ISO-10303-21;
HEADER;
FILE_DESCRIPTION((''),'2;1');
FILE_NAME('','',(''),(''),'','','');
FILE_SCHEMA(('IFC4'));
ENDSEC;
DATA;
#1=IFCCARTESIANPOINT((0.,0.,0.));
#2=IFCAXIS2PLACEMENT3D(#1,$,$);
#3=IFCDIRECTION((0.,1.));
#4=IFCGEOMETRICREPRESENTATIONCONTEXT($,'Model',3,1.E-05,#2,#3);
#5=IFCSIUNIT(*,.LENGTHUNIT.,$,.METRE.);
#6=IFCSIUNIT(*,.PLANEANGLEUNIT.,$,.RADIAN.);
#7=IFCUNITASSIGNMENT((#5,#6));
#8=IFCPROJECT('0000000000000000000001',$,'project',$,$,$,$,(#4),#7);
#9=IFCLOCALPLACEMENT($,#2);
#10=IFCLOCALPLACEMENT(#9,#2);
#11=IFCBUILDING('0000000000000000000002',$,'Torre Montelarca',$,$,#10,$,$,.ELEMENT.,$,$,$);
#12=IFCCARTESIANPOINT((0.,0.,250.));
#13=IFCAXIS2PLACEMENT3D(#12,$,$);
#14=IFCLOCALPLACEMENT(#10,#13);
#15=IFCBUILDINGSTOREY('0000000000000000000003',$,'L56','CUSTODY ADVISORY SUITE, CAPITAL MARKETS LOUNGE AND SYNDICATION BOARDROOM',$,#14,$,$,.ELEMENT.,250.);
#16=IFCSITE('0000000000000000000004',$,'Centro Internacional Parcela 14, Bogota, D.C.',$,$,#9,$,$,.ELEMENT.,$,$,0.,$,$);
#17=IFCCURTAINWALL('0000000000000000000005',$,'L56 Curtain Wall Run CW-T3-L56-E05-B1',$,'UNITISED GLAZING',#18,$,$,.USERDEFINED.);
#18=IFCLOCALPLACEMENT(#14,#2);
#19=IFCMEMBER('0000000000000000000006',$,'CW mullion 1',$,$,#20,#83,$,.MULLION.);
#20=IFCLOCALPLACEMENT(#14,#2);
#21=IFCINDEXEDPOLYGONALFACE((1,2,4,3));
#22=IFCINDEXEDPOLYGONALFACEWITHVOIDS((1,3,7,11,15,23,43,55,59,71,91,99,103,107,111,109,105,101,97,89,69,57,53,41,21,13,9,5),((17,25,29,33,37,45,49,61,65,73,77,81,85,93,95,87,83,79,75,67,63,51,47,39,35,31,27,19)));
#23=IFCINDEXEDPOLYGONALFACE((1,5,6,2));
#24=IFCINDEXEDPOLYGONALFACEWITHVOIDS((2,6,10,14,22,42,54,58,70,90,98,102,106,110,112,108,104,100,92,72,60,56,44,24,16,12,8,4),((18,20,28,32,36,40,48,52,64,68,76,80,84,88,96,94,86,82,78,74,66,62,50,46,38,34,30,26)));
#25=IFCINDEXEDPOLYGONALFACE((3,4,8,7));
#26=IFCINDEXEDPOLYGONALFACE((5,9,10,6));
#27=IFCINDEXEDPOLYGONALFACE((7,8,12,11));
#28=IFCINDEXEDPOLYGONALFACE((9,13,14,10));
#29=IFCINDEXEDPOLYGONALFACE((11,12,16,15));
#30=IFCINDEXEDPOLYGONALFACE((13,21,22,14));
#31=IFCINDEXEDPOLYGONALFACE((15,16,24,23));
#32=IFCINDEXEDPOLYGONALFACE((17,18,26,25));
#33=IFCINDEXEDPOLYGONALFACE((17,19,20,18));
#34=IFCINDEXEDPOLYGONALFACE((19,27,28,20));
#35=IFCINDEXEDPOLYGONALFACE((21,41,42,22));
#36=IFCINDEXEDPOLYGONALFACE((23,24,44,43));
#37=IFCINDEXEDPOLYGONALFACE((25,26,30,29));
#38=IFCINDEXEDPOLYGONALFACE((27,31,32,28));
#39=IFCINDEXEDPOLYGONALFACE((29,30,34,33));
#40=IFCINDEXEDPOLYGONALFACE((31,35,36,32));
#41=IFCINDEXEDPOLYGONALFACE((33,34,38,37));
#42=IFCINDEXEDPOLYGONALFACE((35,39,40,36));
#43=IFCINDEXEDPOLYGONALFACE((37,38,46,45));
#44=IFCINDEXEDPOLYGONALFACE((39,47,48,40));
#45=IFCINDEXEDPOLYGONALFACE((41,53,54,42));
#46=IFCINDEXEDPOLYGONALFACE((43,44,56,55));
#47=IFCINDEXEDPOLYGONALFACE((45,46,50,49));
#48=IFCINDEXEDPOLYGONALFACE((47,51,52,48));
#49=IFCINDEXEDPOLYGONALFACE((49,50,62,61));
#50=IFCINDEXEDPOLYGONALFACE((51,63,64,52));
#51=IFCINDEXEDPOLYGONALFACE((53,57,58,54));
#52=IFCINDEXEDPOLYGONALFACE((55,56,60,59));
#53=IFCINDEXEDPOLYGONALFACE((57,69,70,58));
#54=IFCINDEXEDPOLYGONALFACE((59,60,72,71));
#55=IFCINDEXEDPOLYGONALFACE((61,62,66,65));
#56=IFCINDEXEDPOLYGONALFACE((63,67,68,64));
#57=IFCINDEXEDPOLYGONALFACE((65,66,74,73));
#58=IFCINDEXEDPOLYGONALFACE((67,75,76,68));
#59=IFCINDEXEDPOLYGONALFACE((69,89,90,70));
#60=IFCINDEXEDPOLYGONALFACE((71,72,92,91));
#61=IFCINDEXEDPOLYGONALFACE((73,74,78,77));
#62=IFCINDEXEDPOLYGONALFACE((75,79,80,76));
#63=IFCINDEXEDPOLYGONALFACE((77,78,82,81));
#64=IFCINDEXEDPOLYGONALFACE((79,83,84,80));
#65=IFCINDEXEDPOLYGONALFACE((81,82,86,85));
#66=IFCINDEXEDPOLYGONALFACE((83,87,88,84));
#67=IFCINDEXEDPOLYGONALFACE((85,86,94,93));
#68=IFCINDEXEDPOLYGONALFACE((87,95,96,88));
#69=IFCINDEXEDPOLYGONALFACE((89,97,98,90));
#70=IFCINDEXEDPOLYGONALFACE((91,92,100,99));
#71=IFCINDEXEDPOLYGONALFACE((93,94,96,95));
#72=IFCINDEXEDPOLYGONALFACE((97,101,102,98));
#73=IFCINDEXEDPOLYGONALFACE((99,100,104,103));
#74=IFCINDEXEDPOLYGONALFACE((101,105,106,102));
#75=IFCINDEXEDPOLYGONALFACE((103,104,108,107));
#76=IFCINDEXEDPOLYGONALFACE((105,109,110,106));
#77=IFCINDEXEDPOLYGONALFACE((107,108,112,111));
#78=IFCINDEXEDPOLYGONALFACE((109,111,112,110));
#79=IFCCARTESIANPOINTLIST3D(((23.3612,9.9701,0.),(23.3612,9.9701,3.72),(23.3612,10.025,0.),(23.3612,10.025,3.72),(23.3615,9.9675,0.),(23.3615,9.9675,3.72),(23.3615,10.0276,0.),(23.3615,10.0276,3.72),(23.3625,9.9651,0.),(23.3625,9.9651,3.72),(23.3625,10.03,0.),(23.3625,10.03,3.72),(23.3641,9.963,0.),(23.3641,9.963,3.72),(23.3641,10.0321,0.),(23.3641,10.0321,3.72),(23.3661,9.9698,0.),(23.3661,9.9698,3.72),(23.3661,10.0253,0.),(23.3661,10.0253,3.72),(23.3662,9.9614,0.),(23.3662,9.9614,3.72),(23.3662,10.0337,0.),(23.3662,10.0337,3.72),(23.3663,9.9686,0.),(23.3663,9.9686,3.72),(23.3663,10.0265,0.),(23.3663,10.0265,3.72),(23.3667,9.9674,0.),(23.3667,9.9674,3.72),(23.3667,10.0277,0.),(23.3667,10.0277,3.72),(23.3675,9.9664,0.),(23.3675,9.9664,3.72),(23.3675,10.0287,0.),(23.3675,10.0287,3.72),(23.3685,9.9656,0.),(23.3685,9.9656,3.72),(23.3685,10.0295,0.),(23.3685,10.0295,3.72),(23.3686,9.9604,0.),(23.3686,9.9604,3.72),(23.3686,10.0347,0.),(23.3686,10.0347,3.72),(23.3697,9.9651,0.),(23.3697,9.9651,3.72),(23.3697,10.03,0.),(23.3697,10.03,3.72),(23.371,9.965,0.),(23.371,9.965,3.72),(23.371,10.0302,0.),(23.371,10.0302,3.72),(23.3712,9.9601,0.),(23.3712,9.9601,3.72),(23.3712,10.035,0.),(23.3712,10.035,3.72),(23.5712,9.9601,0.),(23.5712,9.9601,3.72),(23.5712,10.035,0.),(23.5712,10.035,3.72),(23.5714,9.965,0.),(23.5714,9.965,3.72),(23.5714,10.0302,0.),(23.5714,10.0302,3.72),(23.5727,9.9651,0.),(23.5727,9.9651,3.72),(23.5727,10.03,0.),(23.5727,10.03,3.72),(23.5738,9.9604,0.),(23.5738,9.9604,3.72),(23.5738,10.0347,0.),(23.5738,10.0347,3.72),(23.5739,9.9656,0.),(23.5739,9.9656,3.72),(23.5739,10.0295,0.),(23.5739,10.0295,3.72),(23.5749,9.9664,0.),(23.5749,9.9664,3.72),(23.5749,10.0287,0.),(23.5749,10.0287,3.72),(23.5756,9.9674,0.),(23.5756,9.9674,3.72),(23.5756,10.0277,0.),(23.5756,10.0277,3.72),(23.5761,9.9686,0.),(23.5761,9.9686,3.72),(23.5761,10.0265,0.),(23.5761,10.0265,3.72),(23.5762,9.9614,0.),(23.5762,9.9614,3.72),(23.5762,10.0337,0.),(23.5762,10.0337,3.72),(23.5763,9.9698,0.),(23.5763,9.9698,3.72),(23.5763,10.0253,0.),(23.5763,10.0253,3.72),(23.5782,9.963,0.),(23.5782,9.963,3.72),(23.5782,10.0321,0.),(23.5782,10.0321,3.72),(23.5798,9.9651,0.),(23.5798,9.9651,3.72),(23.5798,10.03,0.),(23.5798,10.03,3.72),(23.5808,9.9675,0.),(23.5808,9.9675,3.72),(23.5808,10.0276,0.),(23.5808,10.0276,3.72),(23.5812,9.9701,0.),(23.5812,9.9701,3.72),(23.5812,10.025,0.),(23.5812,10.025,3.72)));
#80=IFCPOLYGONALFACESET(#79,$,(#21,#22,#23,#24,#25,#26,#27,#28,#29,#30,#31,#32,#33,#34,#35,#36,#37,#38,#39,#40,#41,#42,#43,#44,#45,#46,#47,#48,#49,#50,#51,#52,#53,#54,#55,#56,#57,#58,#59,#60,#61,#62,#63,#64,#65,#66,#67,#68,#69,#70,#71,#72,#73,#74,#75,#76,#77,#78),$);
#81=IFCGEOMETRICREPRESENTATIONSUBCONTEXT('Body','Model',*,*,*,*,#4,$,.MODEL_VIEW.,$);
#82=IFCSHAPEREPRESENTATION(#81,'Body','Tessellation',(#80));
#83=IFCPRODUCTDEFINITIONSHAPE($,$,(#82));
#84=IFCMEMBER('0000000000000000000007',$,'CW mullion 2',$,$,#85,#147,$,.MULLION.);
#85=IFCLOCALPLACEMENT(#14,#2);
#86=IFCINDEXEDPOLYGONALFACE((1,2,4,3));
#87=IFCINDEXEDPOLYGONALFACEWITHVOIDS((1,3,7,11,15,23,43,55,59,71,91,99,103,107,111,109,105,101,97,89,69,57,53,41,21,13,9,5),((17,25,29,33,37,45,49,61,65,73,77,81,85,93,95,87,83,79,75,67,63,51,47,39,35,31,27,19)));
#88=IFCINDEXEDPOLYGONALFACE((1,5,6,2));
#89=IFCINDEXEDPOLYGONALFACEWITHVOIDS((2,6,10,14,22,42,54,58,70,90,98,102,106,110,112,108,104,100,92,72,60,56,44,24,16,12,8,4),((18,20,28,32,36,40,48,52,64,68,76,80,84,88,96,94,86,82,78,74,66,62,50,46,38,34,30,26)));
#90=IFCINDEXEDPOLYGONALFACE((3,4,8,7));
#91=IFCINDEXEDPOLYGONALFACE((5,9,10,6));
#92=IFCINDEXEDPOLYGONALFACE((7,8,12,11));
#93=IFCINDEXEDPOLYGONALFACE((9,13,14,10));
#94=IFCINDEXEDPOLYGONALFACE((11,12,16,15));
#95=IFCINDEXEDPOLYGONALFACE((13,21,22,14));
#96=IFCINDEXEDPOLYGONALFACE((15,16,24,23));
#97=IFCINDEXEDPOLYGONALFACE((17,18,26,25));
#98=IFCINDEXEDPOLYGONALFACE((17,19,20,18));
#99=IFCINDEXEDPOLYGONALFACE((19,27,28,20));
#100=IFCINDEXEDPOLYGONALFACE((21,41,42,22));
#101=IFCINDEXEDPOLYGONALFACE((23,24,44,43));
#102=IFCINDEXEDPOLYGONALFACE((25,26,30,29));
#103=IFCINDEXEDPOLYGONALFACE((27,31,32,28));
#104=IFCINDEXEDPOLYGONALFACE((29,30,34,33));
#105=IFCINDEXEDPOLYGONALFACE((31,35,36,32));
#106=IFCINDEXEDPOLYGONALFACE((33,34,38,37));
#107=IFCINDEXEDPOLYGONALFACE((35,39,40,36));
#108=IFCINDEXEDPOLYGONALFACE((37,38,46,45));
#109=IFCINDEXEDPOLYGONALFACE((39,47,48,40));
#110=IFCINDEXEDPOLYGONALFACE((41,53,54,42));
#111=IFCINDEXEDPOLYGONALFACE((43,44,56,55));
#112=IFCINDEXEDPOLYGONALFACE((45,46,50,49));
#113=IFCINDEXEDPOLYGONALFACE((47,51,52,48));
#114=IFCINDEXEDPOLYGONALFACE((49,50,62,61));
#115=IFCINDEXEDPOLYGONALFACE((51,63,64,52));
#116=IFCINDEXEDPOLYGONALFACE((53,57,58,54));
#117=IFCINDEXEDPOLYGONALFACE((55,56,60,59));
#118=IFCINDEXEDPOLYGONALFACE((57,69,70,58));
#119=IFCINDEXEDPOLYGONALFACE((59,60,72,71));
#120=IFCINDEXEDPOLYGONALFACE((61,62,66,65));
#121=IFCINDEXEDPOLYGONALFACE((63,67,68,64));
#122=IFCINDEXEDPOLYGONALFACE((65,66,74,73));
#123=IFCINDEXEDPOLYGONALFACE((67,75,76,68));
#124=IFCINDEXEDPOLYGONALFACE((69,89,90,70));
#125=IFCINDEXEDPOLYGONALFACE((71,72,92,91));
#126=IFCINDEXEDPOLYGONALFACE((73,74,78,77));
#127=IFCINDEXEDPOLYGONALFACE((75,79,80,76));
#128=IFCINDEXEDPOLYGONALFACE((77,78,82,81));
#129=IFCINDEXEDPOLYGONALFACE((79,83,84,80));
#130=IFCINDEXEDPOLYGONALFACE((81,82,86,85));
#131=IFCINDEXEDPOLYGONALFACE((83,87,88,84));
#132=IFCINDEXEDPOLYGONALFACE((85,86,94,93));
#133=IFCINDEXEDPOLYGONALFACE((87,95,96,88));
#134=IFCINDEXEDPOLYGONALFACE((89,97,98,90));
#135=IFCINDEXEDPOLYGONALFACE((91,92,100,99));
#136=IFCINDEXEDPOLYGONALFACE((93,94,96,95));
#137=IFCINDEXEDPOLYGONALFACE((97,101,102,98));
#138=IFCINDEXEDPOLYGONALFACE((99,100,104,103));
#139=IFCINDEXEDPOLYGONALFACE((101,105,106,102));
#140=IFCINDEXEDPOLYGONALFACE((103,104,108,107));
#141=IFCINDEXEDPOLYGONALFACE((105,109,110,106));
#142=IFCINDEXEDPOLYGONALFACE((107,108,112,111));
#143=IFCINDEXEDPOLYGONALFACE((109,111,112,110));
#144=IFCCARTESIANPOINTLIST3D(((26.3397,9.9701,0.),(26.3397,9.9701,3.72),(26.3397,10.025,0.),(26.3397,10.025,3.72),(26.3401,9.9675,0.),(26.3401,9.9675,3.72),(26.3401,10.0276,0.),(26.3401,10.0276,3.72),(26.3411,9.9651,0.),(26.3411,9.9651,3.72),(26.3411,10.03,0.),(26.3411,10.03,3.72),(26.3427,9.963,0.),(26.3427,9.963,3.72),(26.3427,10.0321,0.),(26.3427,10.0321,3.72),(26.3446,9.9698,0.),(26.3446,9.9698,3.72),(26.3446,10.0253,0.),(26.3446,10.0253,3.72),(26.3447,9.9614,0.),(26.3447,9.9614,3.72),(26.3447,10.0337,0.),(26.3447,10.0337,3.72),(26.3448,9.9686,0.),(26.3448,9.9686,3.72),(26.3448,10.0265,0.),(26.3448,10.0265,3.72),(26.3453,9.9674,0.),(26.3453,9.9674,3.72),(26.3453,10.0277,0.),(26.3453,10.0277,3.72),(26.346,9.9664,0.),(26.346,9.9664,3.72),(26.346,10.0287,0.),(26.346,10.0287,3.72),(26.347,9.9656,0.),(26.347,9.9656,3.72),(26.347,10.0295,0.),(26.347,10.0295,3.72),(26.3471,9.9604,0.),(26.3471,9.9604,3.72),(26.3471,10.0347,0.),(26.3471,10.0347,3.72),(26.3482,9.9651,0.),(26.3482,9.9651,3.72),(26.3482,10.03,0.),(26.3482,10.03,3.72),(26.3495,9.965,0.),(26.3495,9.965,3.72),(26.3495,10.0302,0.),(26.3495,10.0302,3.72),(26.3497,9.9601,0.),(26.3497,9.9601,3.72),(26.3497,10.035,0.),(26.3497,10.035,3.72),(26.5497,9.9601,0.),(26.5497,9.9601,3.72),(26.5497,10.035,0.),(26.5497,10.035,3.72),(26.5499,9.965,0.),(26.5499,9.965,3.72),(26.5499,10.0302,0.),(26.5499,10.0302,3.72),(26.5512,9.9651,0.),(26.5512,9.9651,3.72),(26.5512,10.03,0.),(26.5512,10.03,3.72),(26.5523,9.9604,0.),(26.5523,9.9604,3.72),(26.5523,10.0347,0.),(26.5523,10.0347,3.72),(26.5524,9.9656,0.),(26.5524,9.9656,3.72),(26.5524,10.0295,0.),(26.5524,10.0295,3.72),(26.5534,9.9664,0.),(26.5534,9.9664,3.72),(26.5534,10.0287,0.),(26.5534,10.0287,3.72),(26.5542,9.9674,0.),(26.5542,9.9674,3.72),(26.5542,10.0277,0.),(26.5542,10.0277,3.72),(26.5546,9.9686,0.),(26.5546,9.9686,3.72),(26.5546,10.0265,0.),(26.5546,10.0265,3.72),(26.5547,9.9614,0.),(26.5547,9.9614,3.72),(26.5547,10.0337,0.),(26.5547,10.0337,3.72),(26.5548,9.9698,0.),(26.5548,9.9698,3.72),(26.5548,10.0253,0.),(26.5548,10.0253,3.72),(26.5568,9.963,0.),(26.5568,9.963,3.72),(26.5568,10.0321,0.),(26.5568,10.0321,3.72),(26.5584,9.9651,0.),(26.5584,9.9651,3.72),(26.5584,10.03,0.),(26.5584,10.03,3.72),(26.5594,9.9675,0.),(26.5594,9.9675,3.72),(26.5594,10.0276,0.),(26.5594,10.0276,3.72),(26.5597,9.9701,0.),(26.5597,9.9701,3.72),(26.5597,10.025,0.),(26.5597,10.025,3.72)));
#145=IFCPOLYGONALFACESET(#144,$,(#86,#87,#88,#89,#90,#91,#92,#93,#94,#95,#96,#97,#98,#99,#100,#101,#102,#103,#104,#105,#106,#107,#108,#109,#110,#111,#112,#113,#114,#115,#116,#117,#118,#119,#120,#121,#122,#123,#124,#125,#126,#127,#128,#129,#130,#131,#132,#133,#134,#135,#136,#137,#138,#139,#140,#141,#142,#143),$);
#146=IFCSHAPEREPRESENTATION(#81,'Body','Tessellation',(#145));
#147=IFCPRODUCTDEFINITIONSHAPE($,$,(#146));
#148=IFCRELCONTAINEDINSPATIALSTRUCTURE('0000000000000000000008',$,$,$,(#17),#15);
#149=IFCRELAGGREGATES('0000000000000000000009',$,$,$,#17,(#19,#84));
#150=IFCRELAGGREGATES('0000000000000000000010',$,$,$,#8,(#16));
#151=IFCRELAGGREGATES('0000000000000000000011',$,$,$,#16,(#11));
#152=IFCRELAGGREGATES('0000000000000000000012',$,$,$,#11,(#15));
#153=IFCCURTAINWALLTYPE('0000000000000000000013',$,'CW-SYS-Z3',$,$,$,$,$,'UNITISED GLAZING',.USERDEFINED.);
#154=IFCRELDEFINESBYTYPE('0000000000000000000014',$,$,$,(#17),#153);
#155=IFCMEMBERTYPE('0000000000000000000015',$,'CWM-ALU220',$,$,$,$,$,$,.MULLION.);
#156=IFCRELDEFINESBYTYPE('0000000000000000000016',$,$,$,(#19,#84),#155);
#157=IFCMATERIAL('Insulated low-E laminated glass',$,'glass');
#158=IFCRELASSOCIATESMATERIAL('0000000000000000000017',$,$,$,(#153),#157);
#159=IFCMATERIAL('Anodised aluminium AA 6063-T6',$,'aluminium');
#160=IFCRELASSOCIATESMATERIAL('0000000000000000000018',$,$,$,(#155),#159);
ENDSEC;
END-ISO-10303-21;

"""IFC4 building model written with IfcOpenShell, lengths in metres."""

from ifc_helpers import new_model, si_unit, direction, frame, origin, origin_2d, place, context, subcontext, project, spatial, hollow_rectangle, extrude, source, transform, mapped, material, material_profile, profile_set, type_object, element, aggregate, save


model = new_model("IFC4")

# Units and contexts
model_context = context("Model", 3, precision=1e-05, world=origin(), true_north=direction((0.0, 1.0)))
body_context = subcontext(model_context, "Body", "Model", "MODEL_VIEW")
ifc_project = project(units=[si_unit("LENGTHUNIT", "METRE"), si_unit("PLANEANGLEUNIT", "RADIAN")], contexts=[model_context])

# Site, building, storey
site_placement = place(None, origin())
site = spatial("IfcSite", under=ifc_project, at=site_placement, Name="Centro Internacional Parcela 14, Bogota, D.C.", CompositionType="ELEMENT", RefElevation=0.0)
building_placement = place(site_placement, origin())
building = spatial("IfcBuilding", under=site, at=building_placement, Name="Torre Montelarca", CompositionType="ELEMENT")
storey_placement = place(building_placement, frame((0.0, 0.0, 250.0)))
storey = spatial("IfcBuildingStorey", under=building, at=storey_placement, Name="L56", Description="CUSTODY ADVISORY SUITE, CAPITAL MARKETS LOUNGE AND SYNDICATION BOARDROOM", CompositionType="ELEMENT", Elevation=250.0)

# Curtain wall, members
ifc_material_1 = material(Name="Insulated low-E laminated glass", Category="glass")
curtain_wall_type = type_object("IfcCurtainWallType", Name="CW-SYS-Z3", ElementType="UNITISED GLAZING", PredefinedType="USERDEFINED", material=ifc_material_1)
curtain_wall_1_placement = place(storey_placement, origin())
curtain_wall_1 = element("IfcCurtainWall", 1, at=curtain_wall_1_placement, inside=storey, type_object=curtain_wall_type, Name="L56 Curtain Wall Run CW-T3-L56-E05-B1", ObjectType="UNITISED GLAZING", PredefinedType="USERDEFINED")
ifc_material_2 = material(Name="Anodised aluminium AA 6063-T6", Category="aluminium")
ifc_material_profile_1 = material_profile(ifc_material_2, hollow_rectangle(XDim=0.075, YDim=0.22, WallThickness=0.0049, InnerFilletRadius=0.0049, OuterFilletRadius=0.01, at=origin_2d()), Name="ALU75X220X5", Category="aluminium")
ifc_profile_set_1 = profile_set([ifc_material_profile_1], Name="Anodised aluminium AA 6063-T6")
member_type_1 = type_object("IfcMemberType", Name="CWM-ALU220", PredefinedType="MULLION", material=ifc_profile_set_1)
shared_shape_1 = source(origin(), body_context, "Body", "SweptSolid", [
    extrude(hollow_rectangle(XDim=0.075, YDim=0.22, WallThickness=0.0049, InnerFilletRadius=0.0049, OuterFilletRadius=0.01, at=origin_2d()), origin(), (0.0, 0.0, 1.0), 3.72),
])
member_1_placement = place(storey_placement, frame((23.4712, 9.9976, 0.0), z_axis=(0.0, 0.0, 1.0), x_axis=(0.0, 1.0, 0.0)))
member_1 = element("IfcMember", 2, at=member_1_placement, type_object=member_type_1, Name="CW mullion 1", PredefinedType="MULLION", context=body_context, shape_type="MappedRepresentation", body=[
    mapped(shared_shape_1, transform((0.0, 0.0, 0.0), scale=1.0)),
])
member_2_placement = place(storey_placement, frame((26.4497, 9.9976, 0.0), z_axis=(0.0, 0.0, 1.0), x_axis=(0.0, 1.0, 0.0)))
member_2 = element("IfcMember", 3, at=member_2_placement, type_object=member_type_1, Name="CW mullion 2", PredefinedType="MULLION", context=body_context, shape_type="MappedRepresentation", body=[
    mapped(shared_shape_1, transform((0.0, 0.0, 0.0), scale=1.0)),
])

aggregate(curtain_wall_1, [member_1, member_2])

save(model, "model.ifc")
